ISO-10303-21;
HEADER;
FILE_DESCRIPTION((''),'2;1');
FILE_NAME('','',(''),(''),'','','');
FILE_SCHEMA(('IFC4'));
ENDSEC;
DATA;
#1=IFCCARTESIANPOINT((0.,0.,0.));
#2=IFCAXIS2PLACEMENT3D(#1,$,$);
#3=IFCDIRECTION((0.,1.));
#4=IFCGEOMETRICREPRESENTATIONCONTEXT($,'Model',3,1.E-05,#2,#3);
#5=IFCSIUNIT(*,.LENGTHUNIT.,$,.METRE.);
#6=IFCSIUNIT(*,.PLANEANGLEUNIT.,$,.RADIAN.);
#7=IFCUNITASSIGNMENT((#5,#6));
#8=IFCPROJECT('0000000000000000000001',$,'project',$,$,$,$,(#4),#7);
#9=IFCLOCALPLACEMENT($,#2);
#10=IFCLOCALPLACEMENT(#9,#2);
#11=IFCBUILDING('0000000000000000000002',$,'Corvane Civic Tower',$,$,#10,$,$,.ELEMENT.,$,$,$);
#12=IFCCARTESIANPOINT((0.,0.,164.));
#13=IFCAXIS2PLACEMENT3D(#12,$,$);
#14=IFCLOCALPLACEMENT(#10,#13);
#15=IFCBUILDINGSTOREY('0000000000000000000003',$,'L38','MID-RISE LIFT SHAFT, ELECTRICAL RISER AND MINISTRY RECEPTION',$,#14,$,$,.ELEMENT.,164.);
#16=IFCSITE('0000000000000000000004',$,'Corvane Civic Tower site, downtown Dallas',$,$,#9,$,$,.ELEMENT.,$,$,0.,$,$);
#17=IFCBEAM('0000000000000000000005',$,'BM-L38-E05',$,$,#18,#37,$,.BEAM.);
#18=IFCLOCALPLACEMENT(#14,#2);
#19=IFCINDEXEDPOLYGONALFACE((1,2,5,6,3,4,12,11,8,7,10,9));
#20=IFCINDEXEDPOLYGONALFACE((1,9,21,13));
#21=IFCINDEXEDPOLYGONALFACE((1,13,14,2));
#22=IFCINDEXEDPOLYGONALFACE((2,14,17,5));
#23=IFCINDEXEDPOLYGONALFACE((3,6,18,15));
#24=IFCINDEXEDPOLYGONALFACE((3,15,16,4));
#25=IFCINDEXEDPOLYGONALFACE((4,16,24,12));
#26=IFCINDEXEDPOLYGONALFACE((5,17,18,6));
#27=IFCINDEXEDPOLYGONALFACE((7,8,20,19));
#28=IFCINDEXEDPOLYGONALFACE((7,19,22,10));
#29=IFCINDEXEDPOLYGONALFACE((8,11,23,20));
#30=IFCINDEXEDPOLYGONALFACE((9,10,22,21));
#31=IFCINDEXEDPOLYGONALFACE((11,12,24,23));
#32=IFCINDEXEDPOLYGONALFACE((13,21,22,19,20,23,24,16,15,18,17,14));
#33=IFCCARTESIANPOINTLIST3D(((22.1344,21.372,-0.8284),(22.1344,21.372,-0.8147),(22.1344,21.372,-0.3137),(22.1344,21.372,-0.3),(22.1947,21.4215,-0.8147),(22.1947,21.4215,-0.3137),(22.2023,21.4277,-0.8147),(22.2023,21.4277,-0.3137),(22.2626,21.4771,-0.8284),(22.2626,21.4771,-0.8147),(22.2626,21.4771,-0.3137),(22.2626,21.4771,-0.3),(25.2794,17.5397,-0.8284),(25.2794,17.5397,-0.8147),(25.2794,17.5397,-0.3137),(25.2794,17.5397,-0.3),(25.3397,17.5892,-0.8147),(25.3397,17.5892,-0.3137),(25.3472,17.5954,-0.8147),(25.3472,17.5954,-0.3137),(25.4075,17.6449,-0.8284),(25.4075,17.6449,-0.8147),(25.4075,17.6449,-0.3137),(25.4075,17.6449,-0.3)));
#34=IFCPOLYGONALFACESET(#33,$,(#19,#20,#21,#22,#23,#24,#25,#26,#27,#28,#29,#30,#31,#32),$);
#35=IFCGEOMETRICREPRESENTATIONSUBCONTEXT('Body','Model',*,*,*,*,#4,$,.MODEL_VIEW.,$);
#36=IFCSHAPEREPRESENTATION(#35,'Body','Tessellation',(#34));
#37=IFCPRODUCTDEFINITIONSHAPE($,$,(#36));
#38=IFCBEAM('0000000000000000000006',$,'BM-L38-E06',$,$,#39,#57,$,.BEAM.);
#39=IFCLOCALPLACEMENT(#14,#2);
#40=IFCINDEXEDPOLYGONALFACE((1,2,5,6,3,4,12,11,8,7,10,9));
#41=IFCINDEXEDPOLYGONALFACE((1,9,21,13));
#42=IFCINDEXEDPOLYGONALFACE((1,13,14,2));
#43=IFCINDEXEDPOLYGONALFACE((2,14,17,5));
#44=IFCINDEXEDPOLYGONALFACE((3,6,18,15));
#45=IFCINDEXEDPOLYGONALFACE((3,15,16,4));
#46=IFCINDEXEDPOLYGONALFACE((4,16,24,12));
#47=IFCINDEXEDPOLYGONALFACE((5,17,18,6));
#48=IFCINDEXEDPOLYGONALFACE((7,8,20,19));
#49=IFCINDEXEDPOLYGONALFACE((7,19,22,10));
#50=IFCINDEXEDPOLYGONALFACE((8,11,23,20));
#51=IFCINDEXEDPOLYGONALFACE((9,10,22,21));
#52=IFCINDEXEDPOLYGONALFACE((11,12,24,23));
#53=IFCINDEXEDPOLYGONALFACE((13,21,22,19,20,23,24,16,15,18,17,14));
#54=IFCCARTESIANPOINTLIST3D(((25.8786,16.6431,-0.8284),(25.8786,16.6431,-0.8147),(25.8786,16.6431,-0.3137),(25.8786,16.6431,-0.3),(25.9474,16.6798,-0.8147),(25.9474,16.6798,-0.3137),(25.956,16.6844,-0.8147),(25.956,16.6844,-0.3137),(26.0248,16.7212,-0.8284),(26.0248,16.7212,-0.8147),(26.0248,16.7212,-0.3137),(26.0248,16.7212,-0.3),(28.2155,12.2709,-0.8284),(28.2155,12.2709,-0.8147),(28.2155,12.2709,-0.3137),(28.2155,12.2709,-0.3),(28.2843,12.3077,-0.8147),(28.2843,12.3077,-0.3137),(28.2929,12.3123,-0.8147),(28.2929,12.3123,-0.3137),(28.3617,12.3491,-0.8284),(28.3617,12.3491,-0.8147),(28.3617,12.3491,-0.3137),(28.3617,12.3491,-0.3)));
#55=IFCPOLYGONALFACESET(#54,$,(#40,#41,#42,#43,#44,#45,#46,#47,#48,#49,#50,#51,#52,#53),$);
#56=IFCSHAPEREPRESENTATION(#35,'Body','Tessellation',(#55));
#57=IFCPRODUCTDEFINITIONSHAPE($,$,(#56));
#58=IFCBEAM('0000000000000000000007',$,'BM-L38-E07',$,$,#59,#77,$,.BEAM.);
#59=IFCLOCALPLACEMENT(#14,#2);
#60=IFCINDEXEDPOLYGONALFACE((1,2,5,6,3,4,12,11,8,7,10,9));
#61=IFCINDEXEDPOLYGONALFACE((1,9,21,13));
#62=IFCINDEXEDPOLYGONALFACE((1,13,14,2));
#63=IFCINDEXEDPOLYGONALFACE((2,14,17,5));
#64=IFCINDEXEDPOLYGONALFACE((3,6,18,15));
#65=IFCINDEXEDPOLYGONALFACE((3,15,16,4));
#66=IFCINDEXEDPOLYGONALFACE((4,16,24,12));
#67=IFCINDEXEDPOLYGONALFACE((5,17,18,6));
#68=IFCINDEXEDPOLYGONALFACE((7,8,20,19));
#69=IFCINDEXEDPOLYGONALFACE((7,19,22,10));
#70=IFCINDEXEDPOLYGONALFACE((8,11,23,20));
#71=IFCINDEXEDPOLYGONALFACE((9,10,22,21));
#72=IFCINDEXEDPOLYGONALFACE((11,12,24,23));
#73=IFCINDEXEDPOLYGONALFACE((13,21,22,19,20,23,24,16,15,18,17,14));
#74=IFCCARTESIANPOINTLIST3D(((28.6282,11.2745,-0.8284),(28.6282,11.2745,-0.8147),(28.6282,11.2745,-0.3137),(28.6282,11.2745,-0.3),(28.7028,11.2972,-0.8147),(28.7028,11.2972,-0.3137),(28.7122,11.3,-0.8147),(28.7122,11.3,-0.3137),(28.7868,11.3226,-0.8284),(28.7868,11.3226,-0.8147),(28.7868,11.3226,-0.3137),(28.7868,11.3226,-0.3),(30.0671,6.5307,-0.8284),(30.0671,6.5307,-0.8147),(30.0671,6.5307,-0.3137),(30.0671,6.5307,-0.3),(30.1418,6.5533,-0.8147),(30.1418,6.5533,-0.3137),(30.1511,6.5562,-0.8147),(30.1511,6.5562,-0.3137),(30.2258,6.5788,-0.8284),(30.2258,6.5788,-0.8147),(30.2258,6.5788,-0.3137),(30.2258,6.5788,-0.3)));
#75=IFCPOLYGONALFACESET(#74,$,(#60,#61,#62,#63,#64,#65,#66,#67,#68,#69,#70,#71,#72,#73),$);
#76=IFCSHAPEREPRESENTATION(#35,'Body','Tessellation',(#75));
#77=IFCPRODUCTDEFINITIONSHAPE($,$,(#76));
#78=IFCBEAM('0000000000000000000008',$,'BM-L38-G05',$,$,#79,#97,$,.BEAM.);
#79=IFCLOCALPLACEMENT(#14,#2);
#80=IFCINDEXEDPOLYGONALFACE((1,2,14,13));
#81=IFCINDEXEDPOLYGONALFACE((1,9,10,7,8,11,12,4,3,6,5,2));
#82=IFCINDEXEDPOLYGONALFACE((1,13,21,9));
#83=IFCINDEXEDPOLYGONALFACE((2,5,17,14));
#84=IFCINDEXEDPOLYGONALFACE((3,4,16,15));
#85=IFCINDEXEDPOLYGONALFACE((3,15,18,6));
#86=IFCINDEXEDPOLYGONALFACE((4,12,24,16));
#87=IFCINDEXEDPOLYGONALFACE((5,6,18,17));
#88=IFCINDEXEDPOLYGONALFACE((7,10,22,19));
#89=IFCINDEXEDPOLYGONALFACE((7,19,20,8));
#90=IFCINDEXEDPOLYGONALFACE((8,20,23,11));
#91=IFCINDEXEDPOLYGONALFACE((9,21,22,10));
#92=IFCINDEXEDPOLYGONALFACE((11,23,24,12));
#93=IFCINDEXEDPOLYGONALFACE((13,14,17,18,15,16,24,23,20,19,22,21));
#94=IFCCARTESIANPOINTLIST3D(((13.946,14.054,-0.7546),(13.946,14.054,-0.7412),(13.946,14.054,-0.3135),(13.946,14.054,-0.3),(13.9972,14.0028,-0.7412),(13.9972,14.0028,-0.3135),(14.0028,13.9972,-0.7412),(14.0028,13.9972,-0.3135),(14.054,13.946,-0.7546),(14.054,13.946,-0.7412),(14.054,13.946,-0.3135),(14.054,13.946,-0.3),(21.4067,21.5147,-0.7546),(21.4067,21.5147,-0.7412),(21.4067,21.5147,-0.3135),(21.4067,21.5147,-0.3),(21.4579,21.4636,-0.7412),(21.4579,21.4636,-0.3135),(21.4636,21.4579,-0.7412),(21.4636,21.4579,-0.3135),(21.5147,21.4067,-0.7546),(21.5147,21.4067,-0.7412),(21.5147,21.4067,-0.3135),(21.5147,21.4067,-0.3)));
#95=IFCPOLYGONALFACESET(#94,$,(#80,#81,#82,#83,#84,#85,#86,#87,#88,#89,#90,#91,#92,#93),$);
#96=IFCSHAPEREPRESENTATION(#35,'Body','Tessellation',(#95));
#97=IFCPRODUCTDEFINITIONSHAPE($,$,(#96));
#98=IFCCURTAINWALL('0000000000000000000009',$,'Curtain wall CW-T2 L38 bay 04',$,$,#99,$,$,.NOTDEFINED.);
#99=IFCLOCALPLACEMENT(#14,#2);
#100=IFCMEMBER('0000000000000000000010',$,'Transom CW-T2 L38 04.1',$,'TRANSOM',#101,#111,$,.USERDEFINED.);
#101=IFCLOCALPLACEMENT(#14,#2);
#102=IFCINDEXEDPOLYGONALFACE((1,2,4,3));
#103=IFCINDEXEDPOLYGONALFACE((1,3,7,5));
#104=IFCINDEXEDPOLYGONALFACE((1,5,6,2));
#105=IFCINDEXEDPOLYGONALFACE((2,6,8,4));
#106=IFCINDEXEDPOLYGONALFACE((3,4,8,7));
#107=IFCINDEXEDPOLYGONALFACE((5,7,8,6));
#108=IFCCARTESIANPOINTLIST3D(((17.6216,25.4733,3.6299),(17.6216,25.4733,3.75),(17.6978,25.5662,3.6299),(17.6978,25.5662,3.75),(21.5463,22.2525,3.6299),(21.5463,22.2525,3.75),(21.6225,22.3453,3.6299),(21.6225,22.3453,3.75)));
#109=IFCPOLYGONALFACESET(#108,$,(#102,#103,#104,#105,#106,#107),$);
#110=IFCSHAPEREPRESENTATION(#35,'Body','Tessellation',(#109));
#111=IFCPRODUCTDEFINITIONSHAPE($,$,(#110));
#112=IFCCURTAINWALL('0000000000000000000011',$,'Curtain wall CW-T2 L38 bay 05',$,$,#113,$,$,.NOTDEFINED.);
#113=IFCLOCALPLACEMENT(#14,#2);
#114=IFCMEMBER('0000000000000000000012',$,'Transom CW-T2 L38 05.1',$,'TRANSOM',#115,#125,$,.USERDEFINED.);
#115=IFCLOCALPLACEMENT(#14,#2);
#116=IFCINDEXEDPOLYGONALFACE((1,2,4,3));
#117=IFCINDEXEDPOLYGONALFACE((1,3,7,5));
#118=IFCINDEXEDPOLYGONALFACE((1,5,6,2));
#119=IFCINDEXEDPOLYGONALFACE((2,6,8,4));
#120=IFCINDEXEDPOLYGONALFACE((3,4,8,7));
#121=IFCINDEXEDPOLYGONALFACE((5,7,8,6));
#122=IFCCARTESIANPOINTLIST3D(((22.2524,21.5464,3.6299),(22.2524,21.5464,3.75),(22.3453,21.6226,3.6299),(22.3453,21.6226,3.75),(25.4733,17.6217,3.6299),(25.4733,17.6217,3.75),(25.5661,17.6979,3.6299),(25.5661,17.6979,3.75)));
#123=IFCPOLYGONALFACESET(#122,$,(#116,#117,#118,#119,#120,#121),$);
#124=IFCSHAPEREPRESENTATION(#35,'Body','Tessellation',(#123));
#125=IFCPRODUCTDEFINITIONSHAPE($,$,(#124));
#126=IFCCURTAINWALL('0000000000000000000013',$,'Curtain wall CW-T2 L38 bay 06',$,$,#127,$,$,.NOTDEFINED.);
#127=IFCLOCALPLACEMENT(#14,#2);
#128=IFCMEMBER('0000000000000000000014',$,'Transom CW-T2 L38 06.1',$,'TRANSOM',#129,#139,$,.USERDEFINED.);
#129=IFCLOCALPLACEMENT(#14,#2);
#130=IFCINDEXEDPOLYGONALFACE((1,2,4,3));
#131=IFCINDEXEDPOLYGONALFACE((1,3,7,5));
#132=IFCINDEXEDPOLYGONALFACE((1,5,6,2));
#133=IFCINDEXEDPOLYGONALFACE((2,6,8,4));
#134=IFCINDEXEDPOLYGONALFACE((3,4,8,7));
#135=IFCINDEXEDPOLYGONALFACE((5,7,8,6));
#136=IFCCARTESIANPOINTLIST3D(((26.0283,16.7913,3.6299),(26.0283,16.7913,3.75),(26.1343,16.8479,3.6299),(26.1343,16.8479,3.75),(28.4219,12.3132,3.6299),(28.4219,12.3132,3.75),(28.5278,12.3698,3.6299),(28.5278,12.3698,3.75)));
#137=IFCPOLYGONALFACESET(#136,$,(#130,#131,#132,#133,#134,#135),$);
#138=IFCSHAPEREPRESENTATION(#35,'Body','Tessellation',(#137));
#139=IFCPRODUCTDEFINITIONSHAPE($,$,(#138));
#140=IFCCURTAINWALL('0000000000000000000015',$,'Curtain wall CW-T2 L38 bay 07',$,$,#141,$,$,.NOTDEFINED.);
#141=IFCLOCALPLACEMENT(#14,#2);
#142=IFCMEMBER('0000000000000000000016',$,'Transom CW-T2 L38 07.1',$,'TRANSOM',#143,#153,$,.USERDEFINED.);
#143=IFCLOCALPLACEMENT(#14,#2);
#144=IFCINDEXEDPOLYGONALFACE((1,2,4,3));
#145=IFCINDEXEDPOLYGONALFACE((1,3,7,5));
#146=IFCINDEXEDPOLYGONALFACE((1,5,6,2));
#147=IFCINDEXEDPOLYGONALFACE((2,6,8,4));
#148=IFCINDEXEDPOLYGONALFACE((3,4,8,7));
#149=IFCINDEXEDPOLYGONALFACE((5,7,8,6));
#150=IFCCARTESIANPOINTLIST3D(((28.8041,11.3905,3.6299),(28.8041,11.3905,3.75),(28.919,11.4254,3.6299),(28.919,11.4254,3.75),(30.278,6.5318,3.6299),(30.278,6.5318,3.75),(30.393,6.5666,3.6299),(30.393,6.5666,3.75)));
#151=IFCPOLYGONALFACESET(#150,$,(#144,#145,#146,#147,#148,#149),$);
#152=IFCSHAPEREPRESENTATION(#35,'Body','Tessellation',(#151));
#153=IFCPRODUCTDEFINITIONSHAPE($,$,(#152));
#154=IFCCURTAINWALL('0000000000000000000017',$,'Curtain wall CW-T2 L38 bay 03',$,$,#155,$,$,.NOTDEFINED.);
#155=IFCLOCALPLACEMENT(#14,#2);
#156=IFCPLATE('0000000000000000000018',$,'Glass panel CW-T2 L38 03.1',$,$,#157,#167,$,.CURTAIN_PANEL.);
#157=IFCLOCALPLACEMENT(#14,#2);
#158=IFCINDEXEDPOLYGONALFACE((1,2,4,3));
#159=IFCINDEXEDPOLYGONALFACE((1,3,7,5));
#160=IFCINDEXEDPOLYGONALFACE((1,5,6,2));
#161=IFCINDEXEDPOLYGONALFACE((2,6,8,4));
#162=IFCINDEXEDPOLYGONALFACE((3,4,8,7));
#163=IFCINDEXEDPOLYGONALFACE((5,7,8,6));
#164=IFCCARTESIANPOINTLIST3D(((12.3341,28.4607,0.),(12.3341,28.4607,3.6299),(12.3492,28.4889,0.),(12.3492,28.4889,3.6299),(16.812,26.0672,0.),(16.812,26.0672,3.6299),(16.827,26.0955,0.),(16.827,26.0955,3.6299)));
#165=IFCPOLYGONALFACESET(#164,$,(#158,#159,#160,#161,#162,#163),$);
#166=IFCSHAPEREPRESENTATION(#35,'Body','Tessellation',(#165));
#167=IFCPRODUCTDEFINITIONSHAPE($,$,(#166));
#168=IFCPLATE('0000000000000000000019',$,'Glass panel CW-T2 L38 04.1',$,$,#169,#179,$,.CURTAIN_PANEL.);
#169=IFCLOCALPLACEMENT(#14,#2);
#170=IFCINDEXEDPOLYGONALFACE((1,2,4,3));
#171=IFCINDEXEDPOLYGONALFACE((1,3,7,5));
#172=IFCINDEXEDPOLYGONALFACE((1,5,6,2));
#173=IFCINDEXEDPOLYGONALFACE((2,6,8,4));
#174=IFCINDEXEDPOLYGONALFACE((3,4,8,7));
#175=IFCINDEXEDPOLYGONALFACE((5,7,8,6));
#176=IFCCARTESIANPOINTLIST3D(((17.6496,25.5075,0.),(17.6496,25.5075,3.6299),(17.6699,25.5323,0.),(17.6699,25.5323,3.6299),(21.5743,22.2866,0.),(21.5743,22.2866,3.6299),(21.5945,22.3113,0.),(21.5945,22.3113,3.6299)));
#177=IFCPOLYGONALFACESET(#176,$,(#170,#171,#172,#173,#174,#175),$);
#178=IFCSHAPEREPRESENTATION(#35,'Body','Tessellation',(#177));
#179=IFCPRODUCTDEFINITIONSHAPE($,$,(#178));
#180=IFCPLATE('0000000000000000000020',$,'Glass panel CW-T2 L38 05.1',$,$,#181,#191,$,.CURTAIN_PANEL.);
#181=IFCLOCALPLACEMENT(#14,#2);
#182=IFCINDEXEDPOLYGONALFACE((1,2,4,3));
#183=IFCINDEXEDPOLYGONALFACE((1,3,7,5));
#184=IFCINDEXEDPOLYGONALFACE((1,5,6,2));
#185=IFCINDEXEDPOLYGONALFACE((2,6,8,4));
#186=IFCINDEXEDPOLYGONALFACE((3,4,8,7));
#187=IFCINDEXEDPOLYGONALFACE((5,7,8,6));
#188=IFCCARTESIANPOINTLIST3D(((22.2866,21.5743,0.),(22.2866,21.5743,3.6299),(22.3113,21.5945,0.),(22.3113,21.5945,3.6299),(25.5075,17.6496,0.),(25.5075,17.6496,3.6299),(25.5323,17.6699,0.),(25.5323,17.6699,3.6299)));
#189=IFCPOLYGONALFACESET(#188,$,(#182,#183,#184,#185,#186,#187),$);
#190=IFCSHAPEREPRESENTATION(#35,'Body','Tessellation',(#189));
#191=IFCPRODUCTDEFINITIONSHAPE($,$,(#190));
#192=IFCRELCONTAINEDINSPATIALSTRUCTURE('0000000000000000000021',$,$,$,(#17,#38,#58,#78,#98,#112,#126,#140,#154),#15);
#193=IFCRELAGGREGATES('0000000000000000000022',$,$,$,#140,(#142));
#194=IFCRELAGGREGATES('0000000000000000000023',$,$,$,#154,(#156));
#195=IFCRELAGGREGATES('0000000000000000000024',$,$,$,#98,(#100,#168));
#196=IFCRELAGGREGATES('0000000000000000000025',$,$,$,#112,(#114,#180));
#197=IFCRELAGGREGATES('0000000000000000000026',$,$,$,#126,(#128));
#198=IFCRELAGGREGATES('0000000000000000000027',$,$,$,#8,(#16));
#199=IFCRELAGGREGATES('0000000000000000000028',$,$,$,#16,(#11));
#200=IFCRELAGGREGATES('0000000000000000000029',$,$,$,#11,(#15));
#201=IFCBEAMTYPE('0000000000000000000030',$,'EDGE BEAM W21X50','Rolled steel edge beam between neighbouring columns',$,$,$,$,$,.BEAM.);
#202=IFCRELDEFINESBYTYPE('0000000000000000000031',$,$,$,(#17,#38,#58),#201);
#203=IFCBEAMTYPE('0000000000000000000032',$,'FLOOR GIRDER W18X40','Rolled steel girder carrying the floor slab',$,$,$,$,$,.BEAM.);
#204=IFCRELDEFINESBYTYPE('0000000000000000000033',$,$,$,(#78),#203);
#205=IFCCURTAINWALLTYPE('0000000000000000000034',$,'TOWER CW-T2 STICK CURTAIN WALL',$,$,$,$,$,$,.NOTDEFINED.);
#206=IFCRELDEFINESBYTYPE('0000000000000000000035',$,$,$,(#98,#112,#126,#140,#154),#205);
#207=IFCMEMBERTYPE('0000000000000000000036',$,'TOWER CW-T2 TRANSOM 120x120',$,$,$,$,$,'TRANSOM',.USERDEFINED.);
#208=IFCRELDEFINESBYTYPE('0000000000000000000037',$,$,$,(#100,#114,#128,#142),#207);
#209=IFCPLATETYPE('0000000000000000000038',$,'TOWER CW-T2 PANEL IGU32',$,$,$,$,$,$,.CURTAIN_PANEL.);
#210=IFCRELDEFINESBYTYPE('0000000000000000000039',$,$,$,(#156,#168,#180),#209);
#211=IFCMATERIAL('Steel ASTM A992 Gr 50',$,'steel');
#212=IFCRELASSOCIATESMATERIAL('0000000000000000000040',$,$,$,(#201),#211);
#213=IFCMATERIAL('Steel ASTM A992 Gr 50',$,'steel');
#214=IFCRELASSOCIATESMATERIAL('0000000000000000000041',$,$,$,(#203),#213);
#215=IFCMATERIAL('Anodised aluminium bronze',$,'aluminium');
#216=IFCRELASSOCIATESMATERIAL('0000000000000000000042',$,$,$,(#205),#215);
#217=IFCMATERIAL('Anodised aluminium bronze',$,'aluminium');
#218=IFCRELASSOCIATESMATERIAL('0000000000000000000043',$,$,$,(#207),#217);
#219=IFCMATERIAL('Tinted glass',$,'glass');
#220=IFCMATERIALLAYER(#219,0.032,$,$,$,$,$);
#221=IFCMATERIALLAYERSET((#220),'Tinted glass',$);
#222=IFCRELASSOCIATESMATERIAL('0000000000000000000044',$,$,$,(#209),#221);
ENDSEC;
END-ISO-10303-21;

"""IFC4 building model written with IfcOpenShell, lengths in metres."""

from ifc_helpers import new_model, si_unit, direction, frame, origin, origin_2d, place, context, subcontext, project, spatial, rectangle, i_section, extrude, material, layer, layer_set, material_profile, profile_set, type_object, element, aggregate, save


model = new_model("IFC4")

# Units and contexts
model_context = context("Model", 3, precision=1e-05, world=origin(), true_north=direction((0.0, 1.0)))
body_context = subcontext(model_context, "Body", "Model", "MODEL_VIEW")
ifc_project = project(units=[si_unit("LENGTHUNIT", "METRE"), si_unit("PLANEANGLEUNIT", "RADIAN")], contexts=[model_context])

# Site, building, storey
site_placement = place(None, origin())
site = spatial("IfcSite", under=ifc_project, at=site_placement, Name="Corvane Civic Tower site, downtown Dallas", CompositionType="ELEMENT", RefElevation=0.0)
building_placement = place(site_placement, origin())
building = spatial("IfcBuilding", under=site, at=building_placement, Name="Corvane Civic Tower", CompositionType="ELEMENT")
storey_placement = place(building_placement, frame((0.0, 0.0, 164.0)))
storey = spatial("IfcBuildingStorey", under=building, at=storey_placement, Name="L38", Description="MID-RISE LIFT SHAFT, ELECTRICAL RISER AND MINISTRY RECEPTION", CompositionType="ELEMENT", Elevation=164.0)

# Beams
ifc_material_1 = material(Name="Steel ASTM A992 Gr 50", Category="steel")
ifc_material_profile_1 = material_profile(ifc_material_1, i_section(OverallWidth=0.1658, OverallDepth=0.5283, WebThickness=0.0098, FlangeThickness=0.0137, at=origin_2d()), Name="W21X50")
ifc_profile_set_1 = profile_set([ifc_material_profile_1], Name="Steel ASTM A992 Gr 50")
beam_type_1 = type_object("IfcBeamType", Name="EDGE BEAM W21X50", Description="Rolled steel edge beam between neighbouring columns", PredefinedType="BEAM", material=ifc_profile_set_1)
for number, where, z_axis, x_axis, name in (
    (1, (22.1985, 21.4246, -0.5642), (0.634388, -0.773015, 0.0), (0.773015, 0.634388, 0.0), "BM-L38-E05"),
    (2, (25.9517, 16.6821, -0.5642), (0.471396, -0.881922, 0.0), (0.881922, 0.471396, 0.0), "BM-L38-E06"),
):
    element("IfcBeam", number, at=place(storey_placement, frame(where, z_axis=z_axis, x_axis=x_axis)), inside=storey, type_object=beam_type_1, Name=name, PredefinedType="BEAM", context=body_context, shape_type="SweptSolid", body=[
        extrude(i_section(OverallWidth=0.1658, OverallDepth=0.5283, WebThickness=0.0098, FlangeThickness=0.0137, at=origin_2d()), origin(), (0.0, 0.0, 1.0), 4.9575),
    ])
beam_1_placement = place(storey_placement, frame((28.7075, 11.2986, -0.5642), z_axis=(0.29027, -0.956945, 0.0), x_axis=(0.956945, 0.29027, 0.0)))
element("IfcBeam", 3, at=beam_1_placement, inside=storey, type_object=beam_type_1, Name="BM-L38-E07", PredefinedType="BEAM", context=body_context, shape_type="SweptSolid", body=[
    extrude(i_section(OverallWidth=0.1658, OverallDepth=0.5283, WebThickness=0.0098, FlangeThickness=0.0137, at=origin_2d()), origin(), (0.0, 0.0, 1.0), 4.9573),
])
ifc_material_2 = material(Name="Steel ASTM A992 Gr 50", Category="steel")
ifc_material_profile_2 = material_profile(ifc_material_2, i_section(OverallWidth=0.1528, OverallDepth=0.4546, WebThickness=0.0081, FlangeThickness=0.0134, at=origin_2d()), Name="W18X40")
ifc_profile_set_2 = profile_set([ifc_material_profile_2], Name="Steel ASTM A992 Gr 50")
beam_type_2 = type_object("IfcBeamType", Name="FLOOR GIRDER W18X40", Description="Rolled steel girder carrying the floor slab", PredefinedType="BEAM", material=ifc_profile_set_2)
beam_2_placement = place(storey_placement, frame((14.0, 14.0, -0.5273), z_axis=(0.707107, 0.707107, 0.0), x_axis=(-0.707107, 0.707107, 0.0)))
element("IfcBeam", 4, at=beam_2_placement, inside=storey, type_object=beam_type_2, Name="BM-L38-G05", PredefinedType="BEAM", context=body_context, shape_type="SweptSolid", body=[
    extrude(i_section(OverallWidth=0.1528, OverallDepth=0.4546, WebThickness=0.0081, FlangeThickness=0.0134, at=origin_2d()), origin(), (0.0, 0.0, 1.0), 10.551),
])

# Curtain walls, members
ifc_material_3 = material(Name="Anodised aluminium bronze", Category="aluminium")
curtain_wall_type = type_object("IfcCurtainWallType", Name="TOWER CW-T2 STICK CURTAIN WALL", PredefinedType="NOTDEFINED", material=ifc_material_3)
curtain_wall_1_placement = place(storey_placement, origin())
curtain_wall_1 = element("IfcCurtainWall", 5, at=curtain_wall_1_placement, inside=storey, type_object=curtain_wall_type, Name="Curtain wall CW-T2 L38 bay 04", PredefinedType="NOTDEFINED")
ifc_material_4 = material(Name="Anodised aluminium bronze", Category="aluminium")
ifc_material_profile_3 = material_profile(ifc_material_4, rectangle(XDim=0.1201, YDim=0.1201, at=origin_2d()), Name="TOWER CW-T2 TRANSOM 120x120")
ifc_profile_set_3 = profile_set([ifc_material_profile_3], Name="Anodised aluminium bronze")
member_type = type_object("IfcMemberType", Name="TOWER CW-T2 TRANSOM 120x120", ElementType="TRANSOM", PredefinedType="USERDEFINED", material=ifc_profile_set_3)
member_1_placement = place(storey_placement, frame((17.6597, 25.5198, 3.6899), z_axis=(0.773016, -0.634387, 0.0), x_axis=(0.634387, 0.773016, 0.0)))
member_1 = element("IfcMember", 6, at=member_1_placement, type_object=member_type, Name="Transom CW-T2 L38 04.1", ObjectType="TRANSOM", PredefinedType="USERDEFINED", context=body_context, shape_type="SweptSolid", body=[
    extrude(rectangle(XDim=0.1201, YDim=0.1201, at=origin_2d()), origin(), (0.0, 0.0, 1.0), 5.0771),
])
curtain_wall_2_placement = place(storey_placement, origin())
curtain_wall_2 = element("IfcCurtainWall", 7, at=curtain_wall_2_placement, inside=storey, type_object=curtain_wall_type, Name="Curtain wall CW-T2 L38 bay 05", PredefinedType="NOTDEFINED")
member_2_placement = place(storey_placement, frame((22.2988, 21.5845, 3.6899), z_axis=(0.634387, -0.773016, 0.0), x_axis=(0.773016, 0.634387, 0.0)))
member_2 = element("IfcMember", 8, at=member_2_placement, type_object=member_type, Name="Transom CW-T2 L38 05.1", ObjectType="TRANSOM", PredefinedType="USERDEFINED", context=body_context, shape_type="SweptSolid", body=[
    extrude(rectangle(XDim=0.1201, YDim=0.1201, at=origin_2d()), origin(), (0.0, 0.0, 1.0), 5.0771),
])
curtain_wall_3_placement = place(storey_placement, origin())
curtain_wall_3 = element("IfcCurtainWall", 9, at=curtain_wall_3_placement, inside=storey, type_object=curtain_wall_type, Name="Curtain wall CW-T2 L38 bay 06", PredefinedType="NOTDEFINED")
member_3_placement = place(storey_placement, frame((26.0813, 16.8196, 3.6899), z_axis=(0.471397, -0.881921, 0.0), x_axis=(0.881921, 0.471397, 0.0)))
member_3 = element("IfcMember", 10, at=member_3_placement, type_object=member_type, Name="Transom CW-T2 L38 06.1", ObjectType="TRANSOM", PredefinedType="USERDEFINED", context=body_context, shape_type="SweptSolid", body=[
    extrude(rectangle(XDim=0.1201, YDim=0.1201, at=origin_2d()), origin(), (0.0, 0.0, 1.0), 5.0776),
])
curtain_wall_4_placement = place(storey_placement, origin())
curtain_wall_4 = element("IfcCurtainWall", 11, at=curtain_wall_4_placement, inside=storey, type_object=curtain_wall_type, Name="Curtain wall CW-T2 L38 bay 07", PredefinedType="NOTDEFINED")
member_4_placement = place(storey_placement, frame((28.8616, 11.408, 3.6899), z_axis=(0.290289, -0.956939, 0.0), x_axis=(0.956939, 0.290289, 0.0)))
member_4 = element("IfcMember", 12, at=member_4_placement, type_object=member_type, Name="Transom CW-T2 L38 07.1", ObjectType="TRANSOM", PredefinedType="USERDEFINED", context=body_context, shape_type="SweptSolid", body=[
    extrude(rectangle(XDim=0.1201, YDim=0.1201, at=origin_2d()), origin(), (0.0, 0.0, 1.0), 5.0774),
])
aggregate(curtain_wall_4, [member_4])

# Curtain wall, plate
curtain_wall_5_placement = place(storey_placement, origin())
curtain_wall_5 = element("IfcCurtainWall", 13, at=curtain_wall_5_placement, inside=storey, type_object=curtain_wall_type, Name="Curtain wall CW-T2 L38 bay 03", PredefinedType="NOTDEFINED")
ifc_material_5 = material(Name="Tinted glass", Category="glass")
ifc_layer_1 = layer(ifc_material_5, 0.032)
ifc_layer_set_1 = layer_set([ifc_layer_1], Name="Tinted glass")
plate_type = type_object("IfcPlateType", Name="TOWER CW-T2 PANEL IGU32", PredefinedType="CURTAIN_PANEL", material=ifc_layer_set_1)
plate_1_placement = place(storey_placement, frame((14.5806, 27.2781, 0.0), z_axis=(0.0, 0.0, 1.0), x_axis=(0.881922, -0.471395, 0.0)))
plate_1 = element("IfcPlate", 14, at=plate_1_placement, type_object=plate_type, Name="Glass panel CW-T2 L38 03.1", PredefinedType="CURTAIN_PANEL", context=body_context, shape_type="SweptSolid", body=[
    extrude(rectangle(XDim=5.0774, YDim=0.032, at=origin_2d()), origin(), (0.0, 0.0, 1.0), 3.6299),
])
aggregate(curtain_wall_5, [plate_1])

# Plates
plate_2_placement = place(storey_placement, frame((19.6221, 23.9094, 0.0), z_axis=(0.0, 0.0, 1.0), x_axis=(0.773005, -0.6344, 0.0)))
plate_2 = element("IfcPlate", 15, at=plate_2_placement, type_object=plate_type, Name="Glass panel CW-T2 L38 04.1", PredefinedType="CURTAIN_PANEL", context=body_context, shape_type="SweptSolid", body=[
    extrude(rectangle(XDim=5.0771, YDim=0.032, at=origin_2d()), origin(), (0.0, 0.0, 1.0), 3.6299),
])
aggregate(curtain_wall_1, [member_1, plate_2])
plate_3_placement = place(storey_placement, frame((23.9094, 19.6221, 0.0), z_axis=(0.0, 0.0, 1.0), x_axis=(0.6344, -0.773005, 0.0)))
plate_3 = element("IfcPlate", 16, at=plate_3_placement, type_object=plate_type, Name="Glass panel CW-T2 L38 05.1", PredefinedType="CURTAIN_PANEL", context=body_context, shape_type="SweptSolid", body=[
    extrude(rectangle(XDim=5.0771, YDim=0.032, at=origin_2d()), origin(), (0.0, 0.0, 1.0), 3.6299),
])
aggregate(curtain_wall_2, [member_2, plate_3])
aggregate(curtain_wall_3, [member_3])

save(model, "model.ifc")
